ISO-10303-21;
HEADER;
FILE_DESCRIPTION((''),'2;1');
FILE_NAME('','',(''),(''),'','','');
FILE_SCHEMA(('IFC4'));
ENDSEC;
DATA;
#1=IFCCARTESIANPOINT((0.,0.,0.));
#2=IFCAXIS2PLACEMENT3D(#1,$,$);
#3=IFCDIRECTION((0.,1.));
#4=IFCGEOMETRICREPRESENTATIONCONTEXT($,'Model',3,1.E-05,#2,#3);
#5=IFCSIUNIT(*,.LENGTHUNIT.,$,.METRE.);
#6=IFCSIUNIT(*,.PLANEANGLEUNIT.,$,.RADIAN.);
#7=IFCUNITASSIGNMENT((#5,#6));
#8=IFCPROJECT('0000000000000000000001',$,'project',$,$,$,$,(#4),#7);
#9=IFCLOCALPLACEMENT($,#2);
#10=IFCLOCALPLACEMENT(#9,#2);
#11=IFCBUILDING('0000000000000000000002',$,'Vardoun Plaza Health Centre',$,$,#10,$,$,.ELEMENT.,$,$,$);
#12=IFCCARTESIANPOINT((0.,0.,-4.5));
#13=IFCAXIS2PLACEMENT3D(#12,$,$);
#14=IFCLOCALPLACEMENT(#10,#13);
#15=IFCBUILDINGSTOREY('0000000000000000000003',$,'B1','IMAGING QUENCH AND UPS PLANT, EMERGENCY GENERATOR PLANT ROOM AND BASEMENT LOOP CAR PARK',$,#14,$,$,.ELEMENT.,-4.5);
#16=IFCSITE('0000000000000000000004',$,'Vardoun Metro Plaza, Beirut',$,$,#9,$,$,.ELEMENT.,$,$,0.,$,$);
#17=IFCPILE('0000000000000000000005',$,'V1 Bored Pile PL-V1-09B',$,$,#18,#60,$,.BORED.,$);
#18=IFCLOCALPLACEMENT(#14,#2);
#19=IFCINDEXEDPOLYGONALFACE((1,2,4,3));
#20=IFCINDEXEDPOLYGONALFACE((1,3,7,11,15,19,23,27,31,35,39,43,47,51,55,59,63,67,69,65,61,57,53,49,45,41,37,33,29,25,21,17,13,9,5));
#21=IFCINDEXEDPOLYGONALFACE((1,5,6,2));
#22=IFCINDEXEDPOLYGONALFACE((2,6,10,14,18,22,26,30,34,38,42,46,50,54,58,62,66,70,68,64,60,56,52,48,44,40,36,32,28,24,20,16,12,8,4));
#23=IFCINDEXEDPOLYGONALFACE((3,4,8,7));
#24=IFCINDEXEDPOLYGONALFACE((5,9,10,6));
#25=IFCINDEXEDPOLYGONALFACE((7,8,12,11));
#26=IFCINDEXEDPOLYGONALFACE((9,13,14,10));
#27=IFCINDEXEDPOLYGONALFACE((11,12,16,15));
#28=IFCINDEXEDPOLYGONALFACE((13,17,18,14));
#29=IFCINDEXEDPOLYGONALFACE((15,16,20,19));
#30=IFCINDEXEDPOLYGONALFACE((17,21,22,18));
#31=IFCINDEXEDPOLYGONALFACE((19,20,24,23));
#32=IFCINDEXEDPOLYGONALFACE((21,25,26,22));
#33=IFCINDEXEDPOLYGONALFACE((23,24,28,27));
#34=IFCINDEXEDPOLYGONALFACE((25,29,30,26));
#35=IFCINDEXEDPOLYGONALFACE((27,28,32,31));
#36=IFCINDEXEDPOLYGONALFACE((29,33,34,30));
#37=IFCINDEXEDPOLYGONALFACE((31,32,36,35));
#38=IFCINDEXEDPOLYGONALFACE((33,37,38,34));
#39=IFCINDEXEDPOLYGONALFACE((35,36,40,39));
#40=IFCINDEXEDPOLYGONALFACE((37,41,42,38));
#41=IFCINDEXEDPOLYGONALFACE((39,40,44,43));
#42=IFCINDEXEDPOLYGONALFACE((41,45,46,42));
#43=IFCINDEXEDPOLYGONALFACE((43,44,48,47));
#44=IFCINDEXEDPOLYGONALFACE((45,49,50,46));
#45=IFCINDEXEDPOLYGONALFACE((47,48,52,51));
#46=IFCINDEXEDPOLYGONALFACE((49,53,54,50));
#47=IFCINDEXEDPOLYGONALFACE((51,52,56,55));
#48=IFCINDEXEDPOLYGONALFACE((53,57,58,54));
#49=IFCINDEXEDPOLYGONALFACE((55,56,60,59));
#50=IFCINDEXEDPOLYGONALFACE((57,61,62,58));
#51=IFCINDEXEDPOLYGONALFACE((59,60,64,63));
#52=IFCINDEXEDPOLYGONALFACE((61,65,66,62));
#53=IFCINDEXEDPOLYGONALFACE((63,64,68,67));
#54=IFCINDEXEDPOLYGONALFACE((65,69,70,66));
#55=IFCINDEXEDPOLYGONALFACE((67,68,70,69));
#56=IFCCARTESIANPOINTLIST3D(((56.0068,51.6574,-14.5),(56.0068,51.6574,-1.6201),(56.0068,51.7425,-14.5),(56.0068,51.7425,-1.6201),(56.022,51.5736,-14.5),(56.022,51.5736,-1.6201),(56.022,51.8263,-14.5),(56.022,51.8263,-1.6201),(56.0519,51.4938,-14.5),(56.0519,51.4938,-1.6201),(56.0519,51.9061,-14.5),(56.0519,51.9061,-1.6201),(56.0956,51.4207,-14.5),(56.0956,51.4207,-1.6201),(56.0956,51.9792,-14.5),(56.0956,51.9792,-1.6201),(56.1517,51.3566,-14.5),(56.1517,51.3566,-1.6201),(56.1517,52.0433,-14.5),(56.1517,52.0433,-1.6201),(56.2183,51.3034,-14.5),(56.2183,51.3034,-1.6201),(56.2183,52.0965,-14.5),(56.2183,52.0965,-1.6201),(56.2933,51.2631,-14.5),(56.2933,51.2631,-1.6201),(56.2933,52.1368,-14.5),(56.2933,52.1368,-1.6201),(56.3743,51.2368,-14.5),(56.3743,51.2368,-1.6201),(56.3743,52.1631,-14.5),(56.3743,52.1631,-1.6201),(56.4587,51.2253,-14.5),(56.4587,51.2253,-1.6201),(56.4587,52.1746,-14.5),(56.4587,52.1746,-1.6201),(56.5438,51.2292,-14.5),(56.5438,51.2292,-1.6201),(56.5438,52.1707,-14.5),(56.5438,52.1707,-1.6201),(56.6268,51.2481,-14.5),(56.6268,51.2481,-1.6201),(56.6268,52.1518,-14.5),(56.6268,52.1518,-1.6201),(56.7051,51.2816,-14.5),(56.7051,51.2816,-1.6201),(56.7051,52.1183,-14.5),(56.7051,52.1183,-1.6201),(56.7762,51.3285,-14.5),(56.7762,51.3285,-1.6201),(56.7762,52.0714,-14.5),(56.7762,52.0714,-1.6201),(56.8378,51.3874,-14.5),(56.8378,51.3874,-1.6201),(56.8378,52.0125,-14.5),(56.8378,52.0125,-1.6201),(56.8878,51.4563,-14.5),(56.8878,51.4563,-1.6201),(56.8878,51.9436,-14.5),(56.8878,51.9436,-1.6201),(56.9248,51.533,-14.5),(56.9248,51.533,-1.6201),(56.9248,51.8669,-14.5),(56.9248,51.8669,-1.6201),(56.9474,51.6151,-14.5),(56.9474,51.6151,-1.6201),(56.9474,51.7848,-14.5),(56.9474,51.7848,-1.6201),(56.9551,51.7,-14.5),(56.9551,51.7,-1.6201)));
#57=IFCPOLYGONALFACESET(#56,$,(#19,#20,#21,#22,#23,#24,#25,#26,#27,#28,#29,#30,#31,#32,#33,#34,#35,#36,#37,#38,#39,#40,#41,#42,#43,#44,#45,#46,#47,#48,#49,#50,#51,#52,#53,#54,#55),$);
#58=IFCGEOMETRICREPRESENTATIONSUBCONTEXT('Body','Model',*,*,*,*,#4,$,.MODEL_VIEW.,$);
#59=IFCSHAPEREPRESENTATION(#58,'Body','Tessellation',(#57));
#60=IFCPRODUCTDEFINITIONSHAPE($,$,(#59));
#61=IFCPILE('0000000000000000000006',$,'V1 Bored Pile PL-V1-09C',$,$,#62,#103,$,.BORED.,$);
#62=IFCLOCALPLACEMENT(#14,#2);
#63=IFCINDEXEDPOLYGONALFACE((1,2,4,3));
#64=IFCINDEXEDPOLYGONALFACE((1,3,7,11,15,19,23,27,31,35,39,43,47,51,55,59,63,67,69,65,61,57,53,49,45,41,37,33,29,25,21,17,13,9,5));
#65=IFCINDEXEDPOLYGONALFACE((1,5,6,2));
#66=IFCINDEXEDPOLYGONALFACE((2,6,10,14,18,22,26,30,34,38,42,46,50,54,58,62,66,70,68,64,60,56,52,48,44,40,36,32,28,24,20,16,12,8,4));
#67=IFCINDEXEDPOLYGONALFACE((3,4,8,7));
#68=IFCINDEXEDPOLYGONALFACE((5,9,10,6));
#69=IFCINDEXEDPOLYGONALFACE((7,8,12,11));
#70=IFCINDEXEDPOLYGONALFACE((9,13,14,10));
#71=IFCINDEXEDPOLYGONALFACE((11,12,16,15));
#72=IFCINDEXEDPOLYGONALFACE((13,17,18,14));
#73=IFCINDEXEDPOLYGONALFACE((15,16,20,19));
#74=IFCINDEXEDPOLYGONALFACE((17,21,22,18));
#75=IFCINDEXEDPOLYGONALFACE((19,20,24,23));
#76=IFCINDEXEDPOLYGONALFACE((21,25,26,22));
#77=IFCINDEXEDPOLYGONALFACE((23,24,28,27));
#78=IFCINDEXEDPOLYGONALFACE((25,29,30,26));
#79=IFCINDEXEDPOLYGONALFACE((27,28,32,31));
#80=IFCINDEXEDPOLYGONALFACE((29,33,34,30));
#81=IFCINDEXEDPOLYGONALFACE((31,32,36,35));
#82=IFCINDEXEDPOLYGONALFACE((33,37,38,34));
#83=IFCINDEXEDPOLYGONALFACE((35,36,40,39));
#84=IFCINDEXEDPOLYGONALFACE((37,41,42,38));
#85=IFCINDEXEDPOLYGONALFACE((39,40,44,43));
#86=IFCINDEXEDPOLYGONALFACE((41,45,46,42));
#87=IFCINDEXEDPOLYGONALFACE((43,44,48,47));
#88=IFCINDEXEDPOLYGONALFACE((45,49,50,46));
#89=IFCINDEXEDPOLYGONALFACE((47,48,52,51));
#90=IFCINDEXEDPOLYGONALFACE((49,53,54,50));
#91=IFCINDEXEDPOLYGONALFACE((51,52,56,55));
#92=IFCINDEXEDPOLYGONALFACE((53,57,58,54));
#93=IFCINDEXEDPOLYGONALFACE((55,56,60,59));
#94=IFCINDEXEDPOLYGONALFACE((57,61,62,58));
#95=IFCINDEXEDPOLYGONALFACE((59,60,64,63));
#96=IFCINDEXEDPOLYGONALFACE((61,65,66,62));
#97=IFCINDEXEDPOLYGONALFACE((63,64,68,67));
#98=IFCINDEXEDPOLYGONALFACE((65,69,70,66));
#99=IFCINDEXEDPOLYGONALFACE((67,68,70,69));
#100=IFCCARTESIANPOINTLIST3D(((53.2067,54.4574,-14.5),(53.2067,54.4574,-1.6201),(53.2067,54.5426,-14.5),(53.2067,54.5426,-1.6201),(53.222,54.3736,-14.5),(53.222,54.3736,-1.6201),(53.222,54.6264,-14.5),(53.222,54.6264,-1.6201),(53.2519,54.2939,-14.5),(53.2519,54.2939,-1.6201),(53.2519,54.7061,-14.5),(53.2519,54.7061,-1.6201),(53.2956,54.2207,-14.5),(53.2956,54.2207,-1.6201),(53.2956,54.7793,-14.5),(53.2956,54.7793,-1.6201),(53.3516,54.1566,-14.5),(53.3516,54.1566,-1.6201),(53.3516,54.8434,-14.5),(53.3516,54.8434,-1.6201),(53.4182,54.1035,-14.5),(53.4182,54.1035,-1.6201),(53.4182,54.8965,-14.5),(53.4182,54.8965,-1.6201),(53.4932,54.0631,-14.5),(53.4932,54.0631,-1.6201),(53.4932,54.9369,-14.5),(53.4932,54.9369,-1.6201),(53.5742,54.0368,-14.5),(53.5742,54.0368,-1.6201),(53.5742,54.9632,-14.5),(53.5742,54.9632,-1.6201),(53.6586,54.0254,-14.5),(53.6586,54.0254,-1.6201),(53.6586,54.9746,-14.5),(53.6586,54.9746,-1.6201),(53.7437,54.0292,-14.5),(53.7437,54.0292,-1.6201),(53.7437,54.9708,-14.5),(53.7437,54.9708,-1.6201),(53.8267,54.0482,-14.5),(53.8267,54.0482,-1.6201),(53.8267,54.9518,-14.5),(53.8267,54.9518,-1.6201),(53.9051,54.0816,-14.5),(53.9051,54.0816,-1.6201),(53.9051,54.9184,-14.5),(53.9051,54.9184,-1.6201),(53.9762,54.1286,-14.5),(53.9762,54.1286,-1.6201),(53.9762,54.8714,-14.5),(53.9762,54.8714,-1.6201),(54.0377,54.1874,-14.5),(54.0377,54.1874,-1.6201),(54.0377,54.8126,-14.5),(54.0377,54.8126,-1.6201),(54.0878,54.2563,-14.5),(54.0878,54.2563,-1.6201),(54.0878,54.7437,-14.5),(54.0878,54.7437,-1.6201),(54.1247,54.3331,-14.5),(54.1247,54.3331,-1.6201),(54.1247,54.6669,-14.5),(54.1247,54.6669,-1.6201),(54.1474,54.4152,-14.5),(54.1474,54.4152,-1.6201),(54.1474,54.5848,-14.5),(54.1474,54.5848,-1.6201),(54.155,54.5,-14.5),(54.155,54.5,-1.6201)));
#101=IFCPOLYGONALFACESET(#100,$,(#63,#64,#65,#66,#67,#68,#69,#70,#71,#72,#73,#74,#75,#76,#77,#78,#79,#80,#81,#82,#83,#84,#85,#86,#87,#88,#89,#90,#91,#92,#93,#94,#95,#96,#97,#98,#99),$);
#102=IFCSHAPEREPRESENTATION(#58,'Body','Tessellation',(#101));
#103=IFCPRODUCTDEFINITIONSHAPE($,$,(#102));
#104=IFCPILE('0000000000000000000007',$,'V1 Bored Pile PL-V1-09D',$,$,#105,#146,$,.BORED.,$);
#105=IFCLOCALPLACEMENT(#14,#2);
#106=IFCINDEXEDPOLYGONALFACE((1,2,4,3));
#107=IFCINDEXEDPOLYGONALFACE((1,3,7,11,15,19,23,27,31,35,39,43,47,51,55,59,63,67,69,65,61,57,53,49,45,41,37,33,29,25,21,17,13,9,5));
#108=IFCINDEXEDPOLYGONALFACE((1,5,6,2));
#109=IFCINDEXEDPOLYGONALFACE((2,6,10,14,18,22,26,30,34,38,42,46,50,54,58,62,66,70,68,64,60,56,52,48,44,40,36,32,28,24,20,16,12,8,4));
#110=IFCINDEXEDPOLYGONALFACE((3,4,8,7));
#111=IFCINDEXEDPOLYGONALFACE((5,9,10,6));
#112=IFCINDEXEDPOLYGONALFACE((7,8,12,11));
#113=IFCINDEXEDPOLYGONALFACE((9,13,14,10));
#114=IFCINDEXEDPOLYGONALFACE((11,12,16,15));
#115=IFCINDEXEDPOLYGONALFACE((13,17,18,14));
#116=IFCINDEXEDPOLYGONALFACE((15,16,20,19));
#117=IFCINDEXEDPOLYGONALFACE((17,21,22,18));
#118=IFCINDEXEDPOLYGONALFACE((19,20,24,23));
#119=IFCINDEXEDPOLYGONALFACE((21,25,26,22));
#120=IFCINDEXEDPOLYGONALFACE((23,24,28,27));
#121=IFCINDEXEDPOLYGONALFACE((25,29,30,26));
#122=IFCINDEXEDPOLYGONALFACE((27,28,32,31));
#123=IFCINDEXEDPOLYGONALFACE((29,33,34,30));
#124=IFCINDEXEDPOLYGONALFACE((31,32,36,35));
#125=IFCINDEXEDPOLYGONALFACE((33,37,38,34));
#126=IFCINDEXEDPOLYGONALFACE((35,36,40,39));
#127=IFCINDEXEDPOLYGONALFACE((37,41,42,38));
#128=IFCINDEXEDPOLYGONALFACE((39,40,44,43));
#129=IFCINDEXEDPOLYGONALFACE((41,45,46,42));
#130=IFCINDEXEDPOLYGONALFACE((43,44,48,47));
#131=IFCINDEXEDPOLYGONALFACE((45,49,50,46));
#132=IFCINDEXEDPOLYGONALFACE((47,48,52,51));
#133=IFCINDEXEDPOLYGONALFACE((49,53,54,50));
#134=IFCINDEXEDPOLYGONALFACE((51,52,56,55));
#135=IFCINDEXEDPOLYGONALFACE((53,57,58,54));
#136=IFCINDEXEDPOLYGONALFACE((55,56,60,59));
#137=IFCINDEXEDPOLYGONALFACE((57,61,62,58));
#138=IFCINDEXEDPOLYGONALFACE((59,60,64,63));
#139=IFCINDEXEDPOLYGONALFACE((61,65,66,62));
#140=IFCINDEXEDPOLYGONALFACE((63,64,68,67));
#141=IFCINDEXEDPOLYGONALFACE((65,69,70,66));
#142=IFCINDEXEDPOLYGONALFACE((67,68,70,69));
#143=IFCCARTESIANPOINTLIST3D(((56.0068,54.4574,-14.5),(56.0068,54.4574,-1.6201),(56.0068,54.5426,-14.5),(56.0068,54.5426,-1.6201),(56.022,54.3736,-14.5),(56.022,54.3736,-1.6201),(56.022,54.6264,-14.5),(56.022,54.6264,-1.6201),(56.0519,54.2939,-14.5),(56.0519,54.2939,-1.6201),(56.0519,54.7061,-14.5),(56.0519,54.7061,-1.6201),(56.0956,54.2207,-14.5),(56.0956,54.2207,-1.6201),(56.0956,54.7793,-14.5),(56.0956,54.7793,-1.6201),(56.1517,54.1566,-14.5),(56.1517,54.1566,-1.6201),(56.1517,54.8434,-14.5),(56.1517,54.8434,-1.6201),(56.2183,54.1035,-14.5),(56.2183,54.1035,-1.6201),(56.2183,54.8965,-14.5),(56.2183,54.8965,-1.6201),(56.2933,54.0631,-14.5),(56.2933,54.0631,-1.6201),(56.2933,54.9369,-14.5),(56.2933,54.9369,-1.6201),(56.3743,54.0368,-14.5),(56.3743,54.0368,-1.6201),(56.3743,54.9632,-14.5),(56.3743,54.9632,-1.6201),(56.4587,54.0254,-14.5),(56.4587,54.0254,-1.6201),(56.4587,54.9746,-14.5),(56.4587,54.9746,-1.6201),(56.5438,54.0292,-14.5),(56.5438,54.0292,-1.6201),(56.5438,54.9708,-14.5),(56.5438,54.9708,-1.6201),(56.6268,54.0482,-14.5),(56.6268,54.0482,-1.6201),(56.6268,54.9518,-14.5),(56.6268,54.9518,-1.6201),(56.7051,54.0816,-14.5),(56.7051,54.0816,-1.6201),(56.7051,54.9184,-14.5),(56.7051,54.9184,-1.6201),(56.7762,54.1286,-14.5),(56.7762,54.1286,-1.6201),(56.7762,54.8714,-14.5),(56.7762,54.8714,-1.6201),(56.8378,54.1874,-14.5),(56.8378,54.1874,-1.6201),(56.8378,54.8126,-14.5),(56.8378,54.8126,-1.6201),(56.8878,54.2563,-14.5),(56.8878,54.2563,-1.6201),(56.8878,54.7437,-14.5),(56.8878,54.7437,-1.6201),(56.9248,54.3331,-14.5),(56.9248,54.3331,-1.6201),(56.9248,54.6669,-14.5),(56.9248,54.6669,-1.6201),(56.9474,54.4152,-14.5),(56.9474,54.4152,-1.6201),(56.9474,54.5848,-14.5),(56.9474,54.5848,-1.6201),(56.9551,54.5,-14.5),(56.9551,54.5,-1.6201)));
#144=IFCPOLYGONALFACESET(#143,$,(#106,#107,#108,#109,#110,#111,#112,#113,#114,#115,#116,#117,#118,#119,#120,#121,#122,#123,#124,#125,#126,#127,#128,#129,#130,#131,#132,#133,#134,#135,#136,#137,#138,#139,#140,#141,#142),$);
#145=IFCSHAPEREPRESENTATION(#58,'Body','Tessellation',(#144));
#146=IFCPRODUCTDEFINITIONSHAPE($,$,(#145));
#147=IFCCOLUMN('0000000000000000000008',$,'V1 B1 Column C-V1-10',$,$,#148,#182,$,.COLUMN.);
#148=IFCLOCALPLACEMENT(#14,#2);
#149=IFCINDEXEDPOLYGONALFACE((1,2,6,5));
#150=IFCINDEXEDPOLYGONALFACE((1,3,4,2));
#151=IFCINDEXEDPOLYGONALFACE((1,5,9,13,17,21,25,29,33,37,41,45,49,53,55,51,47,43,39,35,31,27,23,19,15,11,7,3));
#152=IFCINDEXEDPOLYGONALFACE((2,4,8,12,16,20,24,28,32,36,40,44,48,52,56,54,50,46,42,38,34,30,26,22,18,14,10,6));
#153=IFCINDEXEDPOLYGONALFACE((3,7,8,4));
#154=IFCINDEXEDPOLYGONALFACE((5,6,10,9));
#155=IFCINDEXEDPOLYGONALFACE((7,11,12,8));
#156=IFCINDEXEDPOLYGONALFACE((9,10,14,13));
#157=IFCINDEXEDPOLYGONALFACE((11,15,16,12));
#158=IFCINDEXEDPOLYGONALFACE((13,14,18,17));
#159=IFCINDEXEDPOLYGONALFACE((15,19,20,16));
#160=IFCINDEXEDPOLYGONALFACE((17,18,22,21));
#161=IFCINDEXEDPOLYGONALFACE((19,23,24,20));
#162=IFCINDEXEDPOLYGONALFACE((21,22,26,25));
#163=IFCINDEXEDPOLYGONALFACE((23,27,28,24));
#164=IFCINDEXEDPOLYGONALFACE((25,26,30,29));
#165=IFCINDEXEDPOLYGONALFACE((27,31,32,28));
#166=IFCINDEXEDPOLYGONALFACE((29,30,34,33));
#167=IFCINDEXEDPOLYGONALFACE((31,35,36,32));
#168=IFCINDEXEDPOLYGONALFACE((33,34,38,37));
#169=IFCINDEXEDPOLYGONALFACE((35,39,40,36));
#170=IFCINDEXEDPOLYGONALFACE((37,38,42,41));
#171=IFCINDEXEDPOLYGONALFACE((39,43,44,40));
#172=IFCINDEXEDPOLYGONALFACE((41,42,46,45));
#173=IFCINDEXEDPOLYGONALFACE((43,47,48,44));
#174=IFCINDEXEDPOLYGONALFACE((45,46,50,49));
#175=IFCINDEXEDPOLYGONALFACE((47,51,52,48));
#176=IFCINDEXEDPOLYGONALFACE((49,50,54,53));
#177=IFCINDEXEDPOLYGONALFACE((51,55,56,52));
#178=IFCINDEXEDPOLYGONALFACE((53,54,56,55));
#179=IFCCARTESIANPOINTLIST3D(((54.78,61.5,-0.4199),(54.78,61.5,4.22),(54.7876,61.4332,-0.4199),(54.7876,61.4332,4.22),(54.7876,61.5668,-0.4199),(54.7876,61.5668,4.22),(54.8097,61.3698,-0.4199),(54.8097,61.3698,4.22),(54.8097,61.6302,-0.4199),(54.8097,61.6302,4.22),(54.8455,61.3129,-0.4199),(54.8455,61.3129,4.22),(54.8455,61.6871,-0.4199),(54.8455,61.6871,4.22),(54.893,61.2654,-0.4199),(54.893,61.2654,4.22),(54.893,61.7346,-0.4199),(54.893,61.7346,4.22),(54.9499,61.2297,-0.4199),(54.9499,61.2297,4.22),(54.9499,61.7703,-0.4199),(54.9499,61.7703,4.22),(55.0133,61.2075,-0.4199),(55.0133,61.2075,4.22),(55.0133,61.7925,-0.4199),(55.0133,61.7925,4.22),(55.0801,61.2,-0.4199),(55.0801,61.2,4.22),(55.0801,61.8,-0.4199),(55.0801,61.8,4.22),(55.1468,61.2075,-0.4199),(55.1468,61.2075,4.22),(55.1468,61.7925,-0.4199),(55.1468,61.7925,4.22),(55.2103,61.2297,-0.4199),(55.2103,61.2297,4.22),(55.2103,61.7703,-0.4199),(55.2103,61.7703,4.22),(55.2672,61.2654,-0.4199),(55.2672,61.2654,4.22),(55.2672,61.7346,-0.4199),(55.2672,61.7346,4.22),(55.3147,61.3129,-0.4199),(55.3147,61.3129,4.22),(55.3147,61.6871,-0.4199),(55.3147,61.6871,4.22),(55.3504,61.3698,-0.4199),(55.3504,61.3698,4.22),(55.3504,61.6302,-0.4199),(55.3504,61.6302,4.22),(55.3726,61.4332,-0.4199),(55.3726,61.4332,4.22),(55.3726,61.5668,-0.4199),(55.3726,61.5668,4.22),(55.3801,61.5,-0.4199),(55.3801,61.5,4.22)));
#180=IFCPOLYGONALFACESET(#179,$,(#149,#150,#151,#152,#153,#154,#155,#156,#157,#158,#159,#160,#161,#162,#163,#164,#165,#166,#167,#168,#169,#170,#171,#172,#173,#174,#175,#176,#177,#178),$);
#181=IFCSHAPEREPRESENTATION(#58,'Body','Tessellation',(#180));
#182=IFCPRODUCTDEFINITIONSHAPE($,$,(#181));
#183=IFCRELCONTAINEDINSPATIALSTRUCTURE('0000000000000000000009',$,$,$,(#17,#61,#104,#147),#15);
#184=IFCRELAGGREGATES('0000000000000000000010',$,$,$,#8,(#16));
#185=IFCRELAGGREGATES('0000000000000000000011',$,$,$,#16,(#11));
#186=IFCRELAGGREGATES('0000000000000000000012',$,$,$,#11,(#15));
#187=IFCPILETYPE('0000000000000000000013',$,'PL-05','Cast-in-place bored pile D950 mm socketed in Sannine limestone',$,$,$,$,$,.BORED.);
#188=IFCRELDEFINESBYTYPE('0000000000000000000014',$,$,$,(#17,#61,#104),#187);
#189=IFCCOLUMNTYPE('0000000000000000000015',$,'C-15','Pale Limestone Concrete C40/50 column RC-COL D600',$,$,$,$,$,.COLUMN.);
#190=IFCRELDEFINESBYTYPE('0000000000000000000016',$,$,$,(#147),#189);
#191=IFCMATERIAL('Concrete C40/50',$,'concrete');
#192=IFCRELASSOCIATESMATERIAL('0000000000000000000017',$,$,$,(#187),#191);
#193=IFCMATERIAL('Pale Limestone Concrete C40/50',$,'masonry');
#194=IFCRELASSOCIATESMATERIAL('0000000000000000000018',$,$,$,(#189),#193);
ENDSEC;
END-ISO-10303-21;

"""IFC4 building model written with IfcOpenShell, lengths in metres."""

from ifc_helpers import new_model, si_unit, direction, frame, origin, origin_2d, place, context, subcontext, project, spatial, circle, extrude, material, material_profile, profile_set, type_object, element, save


model = new_model("IFC4")

# Units and contexts
model_context = context("Model", 3, precision=1e-05, world=origin(), true_north=direction((0.0, 1.0)))
body_context = subcontext(model_context, "Body", "Model", "MODEL_VIEW")
ifc_project = project(units=[si_unit("LENGTHUNIT", "METRE"), si_unit("PLANEANGLEUNIT", "RADIAN")], contexts=[model_context])

# Site, building, storey
site_placement = place(None, origin())
site = spatial("IfcSite", under=ifc_project, at=site_placement, Name="Vardoun Metro Plaza, Beirut", CompositionType="ELEMENT", RefElevation=0.0)
building_placement = place(site_placement, origin())
building = spatial("IfcBuilding", under=site, at=building_placement, Name="Vardoun Plaza Health Centre", CompositionType="ELEMENT")
storey_placement = place(building_placement, frame((0.0, 0.0, -4.5)))
storey = spatial("IfcBuildingStorey", under=building, at=storey_placement, Name="B1", Description="IMAGING QUENCH AND UPS PLANT, EMERGENCY GENERATOR PLANT ROOM AND BASEMENT LOOP CAR PARK", CompositionType="ELEMENT", Elevation=-4.5)

# Piles
ifc_material_1 = material(Name="Concrete C40/50", Category="concrete")
ifc_material_profile_1 = material_profile(ifc_material_1, circle(Radius=0.4751, at=origin_2d()), Name="PILE D950")
ifc_profile_set_1 = profile_set([ifc_material_profile_1], Name="Concrete C40/50")
pile_type_1 = type_object("IfcPileType", Name="PL-05", Description="Cast-in-place bored pile D950 mm socketed in Sannine limestone", PredefinedType="BORED", material=ifc_profile_set_1)
for number, where, z_axis, x_axis, name in (
    (1, (56.48, 51.7, -1.6201), (0.0, 0.0, -1.0), (1.0, 0.0, 0.0), "V1 Bored Pile PL-V1-09B"),
    (2, (53.6799, 54.5, -1.6201), (0.0, 0.0, -1.0), (1.0, 0.0, 0.0), "V1 Bored Pile PL-V1-09C"),
    (3, (56.48, 54.5, -1.6201), (0.0, 0.0, -1.0), (1.0, 0.0, 0.0), "V1 Bored Pile PL-V1-09D"),
):
    element("IfcPile", number, at=place(storey_placement, frame(where, z_axis=z_axis, x_axis=x_axis)), inside=storey, type_object=pile_type_1, Name=name, PredefinedType="BORED", context=body_context, shape_type="SweptSolid", body=[
        extrude(circle(Radius=0.4751, at=origin_2d()), origin(), (0.0, 0.0, 1.0), 12.8799),
    ])

# Column
ifc_material_2 = material(Name="Pale Limestone Concrete C40/50", Category="masonry")
ifc_material_profile_2 = material_profile(ifc_material_2, circle(Radius=0.3, at=origin_2d()), Name="RC-COL D600")
ifc_profile_set_2 = profile_set([ifc_material_profile_2], Name="Pale Limestone Concrete C40/50")
column_type_1 = type_object("IfcColumnType", Name="C-15", Description="Pale Limestone Concrete C40/50 column RC-COL D600", PredefinedType="COLUMN", material=ifc_profile_set_2)
column_1_placement = place(storey_placement, frame((55.0801, 61.5, -0.4199), z_axis=(0.0, 0.0, 1.0), x_axis=(1.0, 0.0, 0.0)))
element("IfcColumn", 4, at=column_1_placement, inside=storey, type_object=column_type_1, Name="V1 B1 Column C-V1-10", PredefinedType="COLUMN", context=body_context, shape_type="SweptSolid", body=[
    extrude(circle(Radius=0.3, at=origin_2d()), origin(), (0.0, 0.0, 1.0), 4.6399),
])

save(model, "model.ifc")
